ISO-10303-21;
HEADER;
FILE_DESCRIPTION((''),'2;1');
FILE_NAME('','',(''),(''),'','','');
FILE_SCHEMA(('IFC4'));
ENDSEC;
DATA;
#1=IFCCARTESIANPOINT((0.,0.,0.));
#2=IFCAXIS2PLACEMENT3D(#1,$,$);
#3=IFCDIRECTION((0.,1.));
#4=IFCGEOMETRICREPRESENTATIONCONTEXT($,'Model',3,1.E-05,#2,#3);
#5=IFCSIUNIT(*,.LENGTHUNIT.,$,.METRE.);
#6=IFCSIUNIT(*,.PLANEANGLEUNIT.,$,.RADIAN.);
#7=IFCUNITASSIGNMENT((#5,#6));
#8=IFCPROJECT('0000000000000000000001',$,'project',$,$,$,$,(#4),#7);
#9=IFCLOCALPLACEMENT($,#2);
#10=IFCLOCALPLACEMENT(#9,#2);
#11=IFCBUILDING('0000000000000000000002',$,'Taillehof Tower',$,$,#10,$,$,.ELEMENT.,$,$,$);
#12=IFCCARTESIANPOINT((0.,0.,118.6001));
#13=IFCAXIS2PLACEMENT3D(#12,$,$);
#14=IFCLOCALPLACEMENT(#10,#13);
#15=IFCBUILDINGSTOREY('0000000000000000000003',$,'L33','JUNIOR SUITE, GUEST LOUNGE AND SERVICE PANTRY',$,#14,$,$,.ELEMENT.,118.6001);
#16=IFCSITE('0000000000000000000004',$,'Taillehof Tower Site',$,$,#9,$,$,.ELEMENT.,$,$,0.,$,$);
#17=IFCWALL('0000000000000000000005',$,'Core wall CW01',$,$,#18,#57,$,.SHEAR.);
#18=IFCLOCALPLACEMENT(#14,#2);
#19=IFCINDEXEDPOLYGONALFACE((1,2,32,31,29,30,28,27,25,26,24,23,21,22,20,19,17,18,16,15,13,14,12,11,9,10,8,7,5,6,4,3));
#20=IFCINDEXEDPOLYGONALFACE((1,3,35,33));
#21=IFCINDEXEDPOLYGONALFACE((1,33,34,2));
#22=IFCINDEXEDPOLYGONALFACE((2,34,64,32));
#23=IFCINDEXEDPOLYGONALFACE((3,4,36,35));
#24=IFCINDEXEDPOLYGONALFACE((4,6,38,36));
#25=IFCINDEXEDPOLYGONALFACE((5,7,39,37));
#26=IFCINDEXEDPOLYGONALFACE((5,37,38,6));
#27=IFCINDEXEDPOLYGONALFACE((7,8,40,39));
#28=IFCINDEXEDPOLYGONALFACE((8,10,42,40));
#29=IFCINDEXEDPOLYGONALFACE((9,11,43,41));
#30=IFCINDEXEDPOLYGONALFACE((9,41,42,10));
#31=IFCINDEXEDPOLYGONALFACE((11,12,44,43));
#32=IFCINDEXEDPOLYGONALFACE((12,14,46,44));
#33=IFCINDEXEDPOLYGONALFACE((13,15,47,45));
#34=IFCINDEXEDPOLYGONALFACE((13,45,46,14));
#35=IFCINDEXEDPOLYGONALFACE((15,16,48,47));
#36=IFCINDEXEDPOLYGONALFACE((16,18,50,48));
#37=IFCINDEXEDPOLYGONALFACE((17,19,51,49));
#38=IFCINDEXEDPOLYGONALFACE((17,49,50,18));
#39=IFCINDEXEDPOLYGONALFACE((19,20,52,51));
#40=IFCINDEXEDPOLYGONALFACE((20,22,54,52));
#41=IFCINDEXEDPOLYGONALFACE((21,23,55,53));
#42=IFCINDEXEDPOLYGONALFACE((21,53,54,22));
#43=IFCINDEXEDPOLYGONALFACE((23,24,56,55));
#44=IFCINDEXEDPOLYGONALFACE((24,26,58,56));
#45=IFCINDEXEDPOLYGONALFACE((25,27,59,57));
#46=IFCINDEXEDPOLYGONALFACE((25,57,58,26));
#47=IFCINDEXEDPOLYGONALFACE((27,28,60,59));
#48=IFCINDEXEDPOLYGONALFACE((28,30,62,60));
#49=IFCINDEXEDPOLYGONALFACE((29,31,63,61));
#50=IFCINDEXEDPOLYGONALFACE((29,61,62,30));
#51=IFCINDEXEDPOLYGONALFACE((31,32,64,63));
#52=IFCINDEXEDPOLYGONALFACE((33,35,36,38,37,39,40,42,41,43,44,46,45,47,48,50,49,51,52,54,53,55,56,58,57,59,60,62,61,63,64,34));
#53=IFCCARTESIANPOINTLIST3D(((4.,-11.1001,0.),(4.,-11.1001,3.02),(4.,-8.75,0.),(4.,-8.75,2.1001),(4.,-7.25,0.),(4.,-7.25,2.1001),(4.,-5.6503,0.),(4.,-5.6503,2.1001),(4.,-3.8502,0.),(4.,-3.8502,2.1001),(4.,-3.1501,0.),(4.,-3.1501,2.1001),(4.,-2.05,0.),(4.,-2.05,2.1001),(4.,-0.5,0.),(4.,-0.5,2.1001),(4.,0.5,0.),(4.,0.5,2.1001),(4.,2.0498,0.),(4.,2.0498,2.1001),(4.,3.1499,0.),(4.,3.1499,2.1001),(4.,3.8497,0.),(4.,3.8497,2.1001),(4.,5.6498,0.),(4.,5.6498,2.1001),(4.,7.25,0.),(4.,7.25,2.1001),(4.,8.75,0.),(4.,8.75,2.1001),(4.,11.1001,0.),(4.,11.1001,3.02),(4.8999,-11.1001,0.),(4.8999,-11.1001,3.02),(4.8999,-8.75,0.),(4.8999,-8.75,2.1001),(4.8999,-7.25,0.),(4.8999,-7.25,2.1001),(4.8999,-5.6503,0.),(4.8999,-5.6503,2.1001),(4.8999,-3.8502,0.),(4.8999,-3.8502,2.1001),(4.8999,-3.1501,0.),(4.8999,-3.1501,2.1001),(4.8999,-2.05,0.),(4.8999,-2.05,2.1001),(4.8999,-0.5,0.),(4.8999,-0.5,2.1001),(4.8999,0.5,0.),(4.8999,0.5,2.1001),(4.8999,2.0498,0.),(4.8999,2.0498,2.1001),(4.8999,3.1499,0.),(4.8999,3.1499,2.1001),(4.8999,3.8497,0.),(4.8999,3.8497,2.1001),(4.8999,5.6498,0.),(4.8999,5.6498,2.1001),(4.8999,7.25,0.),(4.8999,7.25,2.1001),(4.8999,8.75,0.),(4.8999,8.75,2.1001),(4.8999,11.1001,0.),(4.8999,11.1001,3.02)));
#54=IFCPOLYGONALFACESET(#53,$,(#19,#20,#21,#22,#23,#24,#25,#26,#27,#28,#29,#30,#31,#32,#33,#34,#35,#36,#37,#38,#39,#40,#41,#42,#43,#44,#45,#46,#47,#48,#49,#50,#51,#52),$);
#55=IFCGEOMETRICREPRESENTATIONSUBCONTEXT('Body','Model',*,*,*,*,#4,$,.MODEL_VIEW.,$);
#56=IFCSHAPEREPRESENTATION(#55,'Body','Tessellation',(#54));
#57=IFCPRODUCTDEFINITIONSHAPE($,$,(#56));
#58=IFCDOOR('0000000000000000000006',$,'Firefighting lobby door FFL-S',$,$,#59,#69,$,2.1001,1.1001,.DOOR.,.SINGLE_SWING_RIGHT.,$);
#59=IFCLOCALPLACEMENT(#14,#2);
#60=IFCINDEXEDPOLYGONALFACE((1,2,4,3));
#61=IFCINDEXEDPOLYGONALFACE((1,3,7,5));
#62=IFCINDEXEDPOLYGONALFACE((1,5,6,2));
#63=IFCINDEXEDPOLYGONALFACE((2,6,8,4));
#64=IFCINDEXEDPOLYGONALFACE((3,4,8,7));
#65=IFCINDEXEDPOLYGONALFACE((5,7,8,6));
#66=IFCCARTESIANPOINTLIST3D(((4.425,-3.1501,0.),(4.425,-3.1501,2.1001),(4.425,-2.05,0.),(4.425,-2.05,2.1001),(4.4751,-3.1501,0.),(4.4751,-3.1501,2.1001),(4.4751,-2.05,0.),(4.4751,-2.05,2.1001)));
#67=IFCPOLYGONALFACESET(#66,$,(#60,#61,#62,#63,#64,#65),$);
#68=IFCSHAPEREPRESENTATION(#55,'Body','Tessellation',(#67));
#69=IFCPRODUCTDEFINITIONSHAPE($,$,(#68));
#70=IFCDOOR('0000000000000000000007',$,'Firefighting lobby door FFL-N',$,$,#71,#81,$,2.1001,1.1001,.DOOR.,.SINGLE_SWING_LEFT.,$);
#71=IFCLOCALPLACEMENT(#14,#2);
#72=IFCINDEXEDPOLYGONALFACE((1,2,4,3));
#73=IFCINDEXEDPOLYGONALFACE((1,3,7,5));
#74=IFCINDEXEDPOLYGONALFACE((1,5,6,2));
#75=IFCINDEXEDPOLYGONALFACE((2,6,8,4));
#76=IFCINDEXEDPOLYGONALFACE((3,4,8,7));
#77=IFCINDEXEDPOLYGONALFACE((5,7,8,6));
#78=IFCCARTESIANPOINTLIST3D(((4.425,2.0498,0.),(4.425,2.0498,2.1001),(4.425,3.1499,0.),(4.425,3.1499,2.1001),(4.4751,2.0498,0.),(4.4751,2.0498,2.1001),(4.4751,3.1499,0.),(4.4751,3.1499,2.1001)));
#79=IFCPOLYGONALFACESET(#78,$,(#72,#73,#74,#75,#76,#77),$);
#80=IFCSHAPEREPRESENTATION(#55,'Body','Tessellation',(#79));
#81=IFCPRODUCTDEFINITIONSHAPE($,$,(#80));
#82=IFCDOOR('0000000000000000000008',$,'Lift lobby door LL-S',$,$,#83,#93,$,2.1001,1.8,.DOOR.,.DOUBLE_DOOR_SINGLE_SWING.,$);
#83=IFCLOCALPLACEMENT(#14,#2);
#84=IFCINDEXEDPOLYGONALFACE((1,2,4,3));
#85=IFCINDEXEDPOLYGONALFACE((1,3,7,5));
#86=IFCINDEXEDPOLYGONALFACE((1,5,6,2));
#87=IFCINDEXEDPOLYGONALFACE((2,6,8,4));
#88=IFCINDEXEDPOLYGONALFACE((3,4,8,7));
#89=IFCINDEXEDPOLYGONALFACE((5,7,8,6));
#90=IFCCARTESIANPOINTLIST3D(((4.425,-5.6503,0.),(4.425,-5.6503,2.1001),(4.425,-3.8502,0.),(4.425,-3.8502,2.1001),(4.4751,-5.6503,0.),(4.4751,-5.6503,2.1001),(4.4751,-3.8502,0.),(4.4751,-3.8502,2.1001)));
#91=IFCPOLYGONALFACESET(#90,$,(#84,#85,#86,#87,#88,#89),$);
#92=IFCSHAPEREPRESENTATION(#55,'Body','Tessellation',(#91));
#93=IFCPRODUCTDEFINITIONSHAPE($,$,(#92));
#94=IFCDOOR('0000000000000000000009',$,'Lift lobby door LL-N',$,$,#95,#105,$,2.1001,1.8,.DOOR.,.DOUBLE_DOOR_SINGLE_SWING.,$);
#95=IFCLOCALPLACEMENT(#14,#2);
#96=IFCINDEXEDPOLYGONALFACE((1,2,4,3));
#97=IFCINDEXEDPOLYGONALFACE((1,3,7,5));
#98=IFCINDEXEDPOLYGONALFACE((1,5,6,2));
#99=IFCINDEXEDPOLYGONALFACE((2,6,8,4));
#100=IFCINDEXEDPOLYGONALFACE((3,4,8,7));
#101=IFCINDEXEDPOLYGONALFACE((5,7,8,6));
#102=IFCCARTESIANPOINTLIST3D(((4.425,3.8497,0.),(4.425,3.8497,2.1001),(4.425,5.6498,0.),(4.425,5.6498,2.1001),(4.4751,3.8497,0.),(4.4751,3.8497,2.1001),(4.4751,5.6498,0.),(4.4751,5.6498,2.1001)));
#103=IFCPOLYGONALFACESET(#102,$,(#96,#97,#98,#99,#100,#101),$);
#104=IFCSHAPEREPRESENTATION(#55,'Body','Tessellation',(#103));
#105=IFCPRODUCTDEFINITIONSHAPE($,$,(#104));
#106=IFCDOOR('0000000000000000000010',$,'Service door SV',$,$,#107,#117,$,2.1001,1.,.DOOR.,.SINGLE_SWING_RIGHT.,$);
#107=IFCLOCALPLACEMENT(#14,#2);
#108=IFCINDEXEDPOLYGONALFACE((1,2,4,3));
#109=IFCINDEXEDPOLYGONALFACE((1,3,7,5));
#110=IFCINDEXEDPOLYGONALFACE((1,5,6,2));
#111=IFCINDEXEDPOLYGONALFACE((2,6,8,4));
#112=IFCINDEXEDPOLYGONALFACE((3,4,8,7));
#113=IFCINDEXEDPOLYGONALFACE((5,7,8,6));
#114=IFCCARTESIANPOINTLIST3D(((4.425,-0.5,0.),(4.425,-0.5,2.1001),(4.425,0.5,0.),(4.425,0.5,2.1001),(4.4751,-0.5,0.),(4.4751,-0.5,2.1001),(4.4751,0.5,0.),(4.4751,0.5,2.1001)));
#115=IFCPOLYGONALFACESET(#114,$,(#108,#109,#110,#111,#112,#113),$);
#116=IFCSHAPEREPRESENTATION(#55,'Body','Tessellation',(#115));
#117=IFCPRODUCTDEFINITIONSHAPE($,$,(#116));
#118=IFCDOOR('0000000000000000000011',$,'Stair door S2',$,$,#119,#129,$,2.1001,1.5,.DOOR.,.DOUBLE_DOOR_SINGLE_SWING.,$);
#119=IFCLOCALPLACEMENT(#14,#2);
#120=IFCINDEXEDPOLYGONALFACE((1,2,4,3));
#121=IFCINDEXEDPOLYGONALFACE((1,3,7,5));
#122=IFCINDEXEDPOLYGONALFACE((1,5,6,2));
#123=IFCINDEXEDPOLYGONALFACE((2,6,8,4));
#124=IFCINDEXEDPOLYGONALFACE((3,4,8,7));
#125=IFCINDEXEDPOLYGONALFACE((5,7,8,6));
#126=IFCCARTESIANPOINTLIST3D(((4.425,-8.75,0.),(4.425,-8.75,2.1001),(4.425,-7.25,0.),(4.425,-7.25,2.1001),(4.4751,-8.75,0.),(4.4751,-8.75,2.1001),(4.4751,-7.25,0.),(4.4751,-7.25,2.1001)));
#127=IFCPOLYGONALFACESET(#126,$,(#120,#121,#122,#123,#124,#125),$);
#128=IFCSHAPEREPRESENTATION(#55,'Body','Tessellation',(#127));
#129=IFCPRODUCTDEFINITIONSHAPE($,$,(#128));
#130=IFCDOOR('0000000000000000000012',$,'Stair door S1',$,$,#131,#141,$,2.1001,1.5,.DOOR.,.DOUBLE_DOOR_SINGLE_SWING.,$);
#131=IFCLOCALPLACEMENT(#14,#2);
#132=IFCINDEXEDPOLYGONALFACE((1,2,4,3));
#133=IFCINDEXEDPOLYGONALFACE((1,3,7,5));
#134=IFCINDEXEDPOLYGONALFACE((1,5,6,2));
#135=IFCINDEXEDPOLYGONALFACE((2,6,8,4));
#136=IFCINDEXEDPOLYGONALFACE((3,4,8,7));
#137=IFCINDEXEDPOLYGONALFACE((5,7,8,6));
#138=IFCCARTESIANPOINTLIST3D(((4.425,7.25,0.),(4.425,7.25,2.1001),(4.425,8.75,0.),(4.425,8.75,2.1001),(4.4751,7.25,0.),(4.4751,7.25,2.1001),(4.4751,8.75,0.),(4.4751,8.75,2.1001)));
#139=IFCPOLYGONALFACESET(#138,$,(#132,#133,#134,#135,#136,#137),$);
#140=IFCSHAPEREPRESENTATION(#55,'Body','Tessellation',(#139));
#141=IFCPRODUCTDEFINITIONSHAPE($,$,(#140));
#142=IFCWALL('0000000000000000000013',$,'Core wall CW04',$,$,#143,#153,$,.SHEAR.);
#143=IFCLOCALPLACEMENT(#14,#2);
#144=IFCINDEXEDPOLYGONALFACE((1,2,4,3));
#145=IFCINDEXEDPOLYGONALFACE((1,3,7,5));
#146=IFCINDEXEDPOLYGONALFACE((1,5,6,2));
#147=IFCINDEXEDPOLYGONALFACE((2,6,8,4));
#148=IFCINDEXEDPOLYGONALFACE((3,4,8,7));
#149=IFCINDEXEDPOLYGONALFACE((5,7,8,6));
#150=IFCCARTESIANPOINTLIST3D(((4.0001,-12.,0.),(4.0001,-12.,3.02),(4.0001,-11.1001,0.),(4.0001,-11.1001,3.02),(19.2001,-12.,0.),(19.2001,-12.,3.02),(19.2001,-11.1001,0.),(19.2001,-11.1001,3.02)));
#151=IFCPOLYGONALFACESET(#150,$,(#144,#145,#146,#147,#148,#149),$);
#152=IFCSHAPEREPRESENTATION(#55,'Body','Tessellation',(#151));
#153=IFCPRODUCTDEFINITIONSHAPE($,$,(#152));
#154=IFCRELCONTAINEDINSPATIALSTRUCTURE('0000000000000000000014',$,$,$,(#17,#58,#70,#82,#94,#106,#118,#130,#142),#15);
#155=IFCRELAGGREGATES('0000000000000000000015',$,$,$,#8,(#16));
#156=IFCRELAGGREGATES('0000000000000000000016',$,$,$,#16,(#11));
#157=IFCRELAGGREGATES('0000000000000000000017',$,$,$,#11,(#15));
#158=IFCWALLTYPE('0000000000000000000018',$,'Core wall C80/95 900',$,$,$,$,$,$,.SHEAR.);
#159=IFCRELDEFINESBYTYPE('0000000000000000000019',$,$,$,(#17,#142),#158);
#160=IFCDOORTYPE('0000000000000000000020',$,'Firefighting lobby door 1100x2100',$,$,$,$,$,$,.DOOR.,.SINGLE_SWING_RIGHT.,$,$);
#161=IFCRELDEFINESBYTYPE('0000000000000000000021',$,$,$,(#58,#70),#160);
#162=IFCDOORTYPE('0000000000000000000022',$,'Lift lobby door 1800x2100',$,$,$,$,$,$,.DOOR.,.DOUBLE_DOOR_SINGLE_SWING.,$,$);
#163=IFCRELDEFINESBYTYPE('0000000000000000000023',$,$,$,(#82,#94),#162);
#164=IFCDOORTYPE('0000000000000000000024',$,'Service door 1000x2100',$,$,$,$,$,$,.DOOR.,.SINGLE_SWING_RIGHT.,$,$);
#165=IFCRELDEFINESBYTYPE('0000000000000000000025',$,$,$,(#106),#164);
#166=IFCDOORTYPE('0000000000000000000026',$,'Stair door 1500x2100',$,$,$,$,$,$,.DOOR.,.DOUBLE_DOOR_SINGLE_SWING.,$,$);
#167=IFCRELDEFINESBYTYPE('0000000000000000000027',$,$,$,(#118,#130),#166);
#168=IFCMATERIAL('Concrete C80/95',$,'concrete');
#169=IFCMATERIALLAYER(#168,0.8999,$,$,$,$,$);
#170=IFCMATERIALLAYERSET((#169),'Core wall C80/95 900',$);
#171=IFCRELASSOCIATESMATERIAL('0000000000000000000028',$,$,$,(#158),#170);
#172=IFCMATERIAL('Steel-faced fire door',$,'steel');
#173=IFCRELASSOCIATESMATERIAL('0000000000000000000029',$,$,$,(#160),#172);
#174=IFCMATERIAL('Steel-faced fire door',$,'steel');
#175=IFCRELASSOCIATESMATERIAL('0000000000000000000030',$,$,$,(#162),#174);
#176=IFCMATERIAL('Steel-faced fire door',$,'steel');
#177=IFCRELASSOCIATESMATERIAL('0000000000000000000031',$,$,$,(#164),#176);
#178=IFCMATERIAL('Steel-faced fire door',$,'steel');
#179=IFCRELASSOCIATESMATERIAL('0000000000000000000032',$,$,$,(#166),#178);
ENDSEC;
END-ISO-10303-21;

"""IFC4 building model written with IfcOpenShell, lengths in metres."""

from ifc_helpers import new_model, si_unit, direction, frame, frame_2d, origin, place, context, subcontext, project, spatial, rectangle, extrude, material, layer, layer_set, type_object, element, fill, save


model = new_model("IFC4")

# Units and contexts
model_context = context("Model", 3, precision=1e-05, world=origin(), true_north=direction((0.0, 1.0)))
body_context = subcontext(model_context, "Body", "Model", "MODEL_VIEW")
ifc_project = project(units=[si_unit("LENGTHUNIT", "METRE"), si_unit("PLANEANGLEUNIT", "RADIAN")], contexts=[model_context])

# Site, building, storey
site_placement = place(None, origin())
site = spatial("IfcSite", under=ifc_project, at=site_placement, Name="Taillehof Tower Site", CompositionType="ELEMENT", RefElevation=0.0)
building_placement = place(site_placement, origin())
building = spatial("IfcBuilding", under=site, at=building_placement, Name="Taillehof Tower", CompositionType="ELEMENT")
storey_placement = place(building_placement, frame((0.0, 0.0, 118.6001)))
storey = spatial("IfcBuildingStorey", under=building, at=storey_placement, Name="L33", Description="JUNIOR SUITE, GUEST LOUNGE AND SERVICE PANTRY", CompositionType="ELEMENT", Elevation=118.6001)

# Wall, openings, doors
ifc_material_1 = material(Name="Concrete C80/95", Category="concrete")
ifc_layer_1 = layer(ifc_material_1, 0.8999)
ifc_layer_set_1 = layer_set([ifc_layer_1], Name="Core wall C80/95 900")
wall_type_1 = type_object("IfcWallType", Name="Core wall C80/95 900", PredefinedType="SHEAR", material=ifc_layer_set_1)
wall_1_placement = place(storey_placement, frame((4.45, -11.1001, 0.0), z_axis=(0.0, 0.0, 1.0), x_axis=(0.0, 1.0, 0.0)))
wall_1 = element("IfcWall", 1, at=wall_1_placement, inside=storey, type_object=wall_type_1, Name="Core wall CW01", PredefinedType="SHEAR", context=body_context, shape_type="SweptSolid", body=[
    extrude(rectangle(XDim=22.2002, YDim=0.8999, at=frame_2d((11.1001, 0.0))), origin(), (0.0, 0.0, 1.0), 3.02),
])
opening_1_placement = place(wall_1_placement, frame((2.3501, 0.0, 0.0)))
opening_1 = element("IfcOpeningElement", 2, at=opening_1_placement, cuts=wall_1, PredefinedType="OPENING", context=body_context, shape_type="SweptSolid", body=[
    extrude(rectangle(XDim=1.5, YDim=2.1001, at=frame_2d((0.75, 1.05))), frame((0.0, 0.46, 0.0), z_axis=(0.0, -1.0, 0.0), x_axis=(1.0, 0.0, 0.0)), (0.0, 0.0, 1.0), 0.9199),
])
opening_2_placement = place(wall_1_placement, frame((5.45, 0.0, 0.0)))
opening_2 = element("IfcOpeningElement", 3, at=opening_2_placement, cuts=wall_1, PredefinedType="OPENING", context=body_context, shape_type="SweptSolid", body=[
    extrude(rectangle(XDim=1.8, YDim=2.1001, at=frame_2d((0.8999, 1.05))), frame((0.0, 0.46, 0.0), z_axis=(0.0, -1.0, 0.0), x_axis=(1.0, 0.0, 0.0)), (0.0, 0.0, 1.0), 0.9199),
])
opening_3_placement = place(wall_1_placement, frame((7.95, 0.0, 0.0)))
opening_3 = element("IfcOpeningElement", 4, at=opening_3_placement, cuts=wall_1, PredefinedType="OPENING", context=body_context, shape_type="SweptSolid", body=[
    extrude(rectangle(XDim=1.1001, YDim=2.1001, at=frame_2d((0.55, 1.05))), frame((0.0, 0.46, 0.0), z_axis=(0.0, -1.0, 0.0), x_axis=(1.0, 0.0, 0.0)), (0.0, 0.0, 1.0), 0.9199),
])
opening_4_placement = place(wall_1_placement, frame((10.6001, 0.0, 0.0)))
opening_4 = element("IfcOpeningElement", 5, at=opening_4_placement, cuts=wall_1, PredefinedType="OPENING", context=body_context, shape_type="SweptSolid", body=[
    extrude(rectangle(XDim=1.0, YDim=2.1001, at=frame_2d((0.5, 1.05))), frame((0.0, 0.46, 0.0), z_axis=(0.0, -1.0, 0.0), x_axis=(1.0, 0.0, 0.0)), (0.0, 0.0, 1.0), 0.9199),
])
opening_5_placement = place(wall_1_placement, frame((13.1499, 0.0, 0.0)))
opening_5 = element("IfcOpeningElement", 6, at=opening_5_placement, cuts=wall_1, PredefinedType="OPENING", context=body_context, shape_type="SweptSolid", body=[
    extrude(rectangle(XDim=1.1001, YDim=2.1001, at=frame_2d((0.55, 1.05))), frame((0.0, 0.46, 0.0), z_axis=(0.0, -1.0, 0.0), x_axis=(1.0, 0.0, 0.0)), (0.0, 0.0, 1.0), 0.9199),
])
opening_6_placement = place(wall_1_placement, frame((14.95, 0.0, 0.0)))
opening_6 = element("IfcOpeningElement", 7, at=opening_6_placement, cuts=wall_1, PredefinedType="OPENING", context=body_context, shape_type="SweptSolid", body=[
    extrude(rectangle(XDim=1.8, YDim=2.1001, at=frame_2d((0.8999, 1.05))), frame((0.0, 0.46, 0.0), z_axis=(0.0, -1.0, 0.0), x_axis=(1.0, 0.0, 0.0)), (0.0, 0.0, 1.0), 0.9199),
])
opening_7_placement = place(wall_1_placement, frame((18.3501, 0.0, 0.0)))
opening_7 = element("IfcOpeningElement", 8, at=opening_7_placement, cuts=wall_1, PredefinedType="OPENING", context=body_context, shape_type="SweptSolid", body=[
    extrude(rectangle(XDim=1.5, YDim=2.1001, at=frame_2d((0.75, 1.05))), frame((0.0, 0.46, 0.0), z_axis=(0.0, -1.0, 0.0), x_axis=(1.0, 0.0, 0.0)), (0.0, 0.0, 1.0), 0.9199),
])
ifc_material_2 = material(Name="Steel-faced fire door", Category="steel")
door_type_1 = type_object("IfcDoorType", Name="Firefighting lobby door 1100x2100", OperationType="SINGLE_SWING_RIGHT", PredefinedType="DOOR", material=ifc_material_2)
door_1_placement = place(opening_3_placement, origin())
door_1 = element("IfcDoor", 9, at=door_1_placement, inside=storey, type_object=door_type_1, Name="Firefighting lobby door FFL-S", OperationType="SINGLE_SWING_RIGHT", OverallHeight=2.1001, OverallWidth=1.1001, PredefinedType="DOOR", context=body_context, shape_type="SweptSolid", body=[
    extrude(rectangle(XDim=1.1001, YDim=2.1001, at=frame_2d((0.55, 1.05))), frame((0.0, 0.0249, 0.0), z_axis=(0.0, -1.0, 0.0), x_axis=(1.0, 0.0, 0.0)), (0.0, 0.0, 1.0), 0.05),
])
fill(opening_3, door_1)
door_2_placement = place(opening_5_placement, origin())
door_2 = element("IfcDoor", 10, at=door_2_placement, inside=storey, type_object=door_type_1, Name="Firefighting lobby door FFL-N", OperationType="SINGLE_SWING_LEFT", OverallHeight=2.1001, OverallWidth=1.1001, PredefinedType="DOOR", context=body_context, shape_type="SweptSolid", body=[
    extrude(rectangle(XDim=1.1001, YDim=2.1001, at=frame_2d((0.55, 1.05))), frame((0.0, 0.0249, 0.0), z_axis=(0.0, -1.0, 0.0), x_axis=(1.0, 0.0, 0.0)), (0.0, 0.0, 1.0), 0.05),
])
fill(opening_5, door_2)
ifc_material_3 = material(Name="Steel-faced fire door", Category="steel")
door_type_2 = type_object("IfcDoorType", Name="Lift lobby door 1800x2100", OperationType="DOUBLE_DOOR_SINGLE_SWING", PredefinedType="DOOR", material=ifc_material_3)
door_3_placement = place(opening_2_placement, origin())
door_3 = element("IfcDoor", 11, at=door_3_placement, inside=storey, type_object=door_type_2, Name="Lift lobby door LL-S", OperationType="DOUBLE_DOOR_SINGLE_SWING", OverallHeight=2.1001, OverallWidth=1.8, PredefinedType="DOOR", context=body_context, shape_type="SweptSolid", body=[
    extrude(rectangle(XDim=1.8, YDim=2.1001, at=frame_2d((0.8999, 1.05))), frame((0.0, 0.0249, 0.0), z_axis=(0.0, -1.0, 0.0), x_axis=(1.0, 0.0, 0.0)), (0.0, 0.0, 1.0), 0.05),
])
fill(opening_2, door_3)
door_4_placement = place(opening_6_placement, origin())
door_4 = element("IfcDoor", 12, at=door_4_placement, inside=storey, type_object=door_type_2, Name="Lift lobby door LL-N", OperationType="DOUBLE_DOOR_SINGLE_SWING", OverallHeight=2.1001, OverallWidth=1.8, PredefinedType="DOOR", context=body_context, shape_type="SweptSolid", body=[
    extrude(rectangle(XDim=1.8, YDim=2.1001, at=frame_2d((0.8999, 1.05))), frame((0.0, 0.0249, 0.0), z_axis=(0.0, -1.0, 0.0), x_axis=(1.0, 0.0, 0.0)), (0.0, 0.0, 1.0), 0.05),
])
fill(opening_6, door_4)
ifc_material_4 = material(Name="Steel-faced fire door", Category="steel")
door_type_3 = type_object("IfcDoorType", Name="Service door 1000x2100", OperationType="SINGLE_SWING_RIGHT", PredefinedType="DOOR", material=ifc_material_4)
door_5_placement = place(opening_4_placement, origin())
door_5 = element("IfcDoor", 13, at=door_5_placement, inside=storey, type_object=door_type_3, Name="Service door SV", OperationType="SINGLE_SWING_RIGHT", OverallHeight=2.1001, OverallWidth=1.0, PredefinedType="DOOR", context=body_context, shape_type="SweptSolid", body=[
    extrude(rectangle(XDim=1.0, YDim=2.1001, at=frame_2d((0.5, 1.05))), frame((0.0, 0.0249, 0.0), z_axis=(0.0, -1.0, 0.0), x_axis=(1.0, 0.0, 0.0)), (0.0, 0.0, 1.0), 0.05),
])
fill(opening_4, door_5)
ifc_material_5 = material(Name="Steel-faced fire door", Category="steel")
door_type_4 = type_object("IfcDoorType", Name="Stair door 1500x2100", OperationType="DOUBLE_DOOR_SINGLE_SWING", PredefinedType="DOOR", material=ifc_material_5)
door_6_placement = place(opening_1_placement, origin())
door_6 = element("IfcDoor", 14, at=door_6_placement, inside=storey, type_object=door_type_4, Name="Stair door S2", OperationType="DOUBLE_DOOR_SINGLE_SWING", OverallHeight=2.1001, OverallWidth=1.5, PredefinedType="DOOR", context=body_context, shape_type="SweptSolid", body=[
    extrude(rectangle(XDim=1.5, YDim=2.1001, at=frame_2d((0.75, 1.05))), frame((0.0, 0.0249, 0.0), z_axis=(0.0, -1.0, 0.0), x_axis=(1.0, 0.0, 0.0)), (0.0, 0.0, 1.0), 0.05),
])
fill(opening_1, door_6)
door_7_placement = place(opening_7_placement, origin())
door_7 = element("IfcDoor", 15, at=door_7_placement, inside=storey, type_object=door_type_4, Name="Stair door S1", OperationType="DOUBLE_DOOR_SINGLE_SWING", OverallHeight=2.1001, OverallWidth=1.5, PredefinedType="DOOR", context=body_context, shape_type="SweptSolid", body=[
    extrude(rectangle(XDim=1.5, YDim=2.1001, at=frame_2d((0.75, 1.05))), frame((0.0, 0.0249, 0.0), z_axis=(0.0, -1.0, 0.0), x_axis=(1.0, 0.0, 0.0)), (0.0, 0.0, 1.0), 0.05),
])
fill(opening_7, door_7)

# Wall
wall_2_placement = place(storey_placement, frame((4.0, -11.55, 0.0), z_axis=(0.0, 0.0, 1.0), x_axis=(1.0, 0.0, 0.0)))
element("IfcWall", 16, at=wall_2_placement, inside=storey, type_object=wall_type_1, Name="Core wall CW04", PredefinedType="SHEAR", context=body_context, shape_type="SweptSolid", body=[
    extrude(rectangle(XDim=15.2, YDim=0.8999, at=frame_2d((7.6001, 0.0))), origin(), (0.0, 0.0, 1.0), 3.02),
])

save(model, "model.ifc")
